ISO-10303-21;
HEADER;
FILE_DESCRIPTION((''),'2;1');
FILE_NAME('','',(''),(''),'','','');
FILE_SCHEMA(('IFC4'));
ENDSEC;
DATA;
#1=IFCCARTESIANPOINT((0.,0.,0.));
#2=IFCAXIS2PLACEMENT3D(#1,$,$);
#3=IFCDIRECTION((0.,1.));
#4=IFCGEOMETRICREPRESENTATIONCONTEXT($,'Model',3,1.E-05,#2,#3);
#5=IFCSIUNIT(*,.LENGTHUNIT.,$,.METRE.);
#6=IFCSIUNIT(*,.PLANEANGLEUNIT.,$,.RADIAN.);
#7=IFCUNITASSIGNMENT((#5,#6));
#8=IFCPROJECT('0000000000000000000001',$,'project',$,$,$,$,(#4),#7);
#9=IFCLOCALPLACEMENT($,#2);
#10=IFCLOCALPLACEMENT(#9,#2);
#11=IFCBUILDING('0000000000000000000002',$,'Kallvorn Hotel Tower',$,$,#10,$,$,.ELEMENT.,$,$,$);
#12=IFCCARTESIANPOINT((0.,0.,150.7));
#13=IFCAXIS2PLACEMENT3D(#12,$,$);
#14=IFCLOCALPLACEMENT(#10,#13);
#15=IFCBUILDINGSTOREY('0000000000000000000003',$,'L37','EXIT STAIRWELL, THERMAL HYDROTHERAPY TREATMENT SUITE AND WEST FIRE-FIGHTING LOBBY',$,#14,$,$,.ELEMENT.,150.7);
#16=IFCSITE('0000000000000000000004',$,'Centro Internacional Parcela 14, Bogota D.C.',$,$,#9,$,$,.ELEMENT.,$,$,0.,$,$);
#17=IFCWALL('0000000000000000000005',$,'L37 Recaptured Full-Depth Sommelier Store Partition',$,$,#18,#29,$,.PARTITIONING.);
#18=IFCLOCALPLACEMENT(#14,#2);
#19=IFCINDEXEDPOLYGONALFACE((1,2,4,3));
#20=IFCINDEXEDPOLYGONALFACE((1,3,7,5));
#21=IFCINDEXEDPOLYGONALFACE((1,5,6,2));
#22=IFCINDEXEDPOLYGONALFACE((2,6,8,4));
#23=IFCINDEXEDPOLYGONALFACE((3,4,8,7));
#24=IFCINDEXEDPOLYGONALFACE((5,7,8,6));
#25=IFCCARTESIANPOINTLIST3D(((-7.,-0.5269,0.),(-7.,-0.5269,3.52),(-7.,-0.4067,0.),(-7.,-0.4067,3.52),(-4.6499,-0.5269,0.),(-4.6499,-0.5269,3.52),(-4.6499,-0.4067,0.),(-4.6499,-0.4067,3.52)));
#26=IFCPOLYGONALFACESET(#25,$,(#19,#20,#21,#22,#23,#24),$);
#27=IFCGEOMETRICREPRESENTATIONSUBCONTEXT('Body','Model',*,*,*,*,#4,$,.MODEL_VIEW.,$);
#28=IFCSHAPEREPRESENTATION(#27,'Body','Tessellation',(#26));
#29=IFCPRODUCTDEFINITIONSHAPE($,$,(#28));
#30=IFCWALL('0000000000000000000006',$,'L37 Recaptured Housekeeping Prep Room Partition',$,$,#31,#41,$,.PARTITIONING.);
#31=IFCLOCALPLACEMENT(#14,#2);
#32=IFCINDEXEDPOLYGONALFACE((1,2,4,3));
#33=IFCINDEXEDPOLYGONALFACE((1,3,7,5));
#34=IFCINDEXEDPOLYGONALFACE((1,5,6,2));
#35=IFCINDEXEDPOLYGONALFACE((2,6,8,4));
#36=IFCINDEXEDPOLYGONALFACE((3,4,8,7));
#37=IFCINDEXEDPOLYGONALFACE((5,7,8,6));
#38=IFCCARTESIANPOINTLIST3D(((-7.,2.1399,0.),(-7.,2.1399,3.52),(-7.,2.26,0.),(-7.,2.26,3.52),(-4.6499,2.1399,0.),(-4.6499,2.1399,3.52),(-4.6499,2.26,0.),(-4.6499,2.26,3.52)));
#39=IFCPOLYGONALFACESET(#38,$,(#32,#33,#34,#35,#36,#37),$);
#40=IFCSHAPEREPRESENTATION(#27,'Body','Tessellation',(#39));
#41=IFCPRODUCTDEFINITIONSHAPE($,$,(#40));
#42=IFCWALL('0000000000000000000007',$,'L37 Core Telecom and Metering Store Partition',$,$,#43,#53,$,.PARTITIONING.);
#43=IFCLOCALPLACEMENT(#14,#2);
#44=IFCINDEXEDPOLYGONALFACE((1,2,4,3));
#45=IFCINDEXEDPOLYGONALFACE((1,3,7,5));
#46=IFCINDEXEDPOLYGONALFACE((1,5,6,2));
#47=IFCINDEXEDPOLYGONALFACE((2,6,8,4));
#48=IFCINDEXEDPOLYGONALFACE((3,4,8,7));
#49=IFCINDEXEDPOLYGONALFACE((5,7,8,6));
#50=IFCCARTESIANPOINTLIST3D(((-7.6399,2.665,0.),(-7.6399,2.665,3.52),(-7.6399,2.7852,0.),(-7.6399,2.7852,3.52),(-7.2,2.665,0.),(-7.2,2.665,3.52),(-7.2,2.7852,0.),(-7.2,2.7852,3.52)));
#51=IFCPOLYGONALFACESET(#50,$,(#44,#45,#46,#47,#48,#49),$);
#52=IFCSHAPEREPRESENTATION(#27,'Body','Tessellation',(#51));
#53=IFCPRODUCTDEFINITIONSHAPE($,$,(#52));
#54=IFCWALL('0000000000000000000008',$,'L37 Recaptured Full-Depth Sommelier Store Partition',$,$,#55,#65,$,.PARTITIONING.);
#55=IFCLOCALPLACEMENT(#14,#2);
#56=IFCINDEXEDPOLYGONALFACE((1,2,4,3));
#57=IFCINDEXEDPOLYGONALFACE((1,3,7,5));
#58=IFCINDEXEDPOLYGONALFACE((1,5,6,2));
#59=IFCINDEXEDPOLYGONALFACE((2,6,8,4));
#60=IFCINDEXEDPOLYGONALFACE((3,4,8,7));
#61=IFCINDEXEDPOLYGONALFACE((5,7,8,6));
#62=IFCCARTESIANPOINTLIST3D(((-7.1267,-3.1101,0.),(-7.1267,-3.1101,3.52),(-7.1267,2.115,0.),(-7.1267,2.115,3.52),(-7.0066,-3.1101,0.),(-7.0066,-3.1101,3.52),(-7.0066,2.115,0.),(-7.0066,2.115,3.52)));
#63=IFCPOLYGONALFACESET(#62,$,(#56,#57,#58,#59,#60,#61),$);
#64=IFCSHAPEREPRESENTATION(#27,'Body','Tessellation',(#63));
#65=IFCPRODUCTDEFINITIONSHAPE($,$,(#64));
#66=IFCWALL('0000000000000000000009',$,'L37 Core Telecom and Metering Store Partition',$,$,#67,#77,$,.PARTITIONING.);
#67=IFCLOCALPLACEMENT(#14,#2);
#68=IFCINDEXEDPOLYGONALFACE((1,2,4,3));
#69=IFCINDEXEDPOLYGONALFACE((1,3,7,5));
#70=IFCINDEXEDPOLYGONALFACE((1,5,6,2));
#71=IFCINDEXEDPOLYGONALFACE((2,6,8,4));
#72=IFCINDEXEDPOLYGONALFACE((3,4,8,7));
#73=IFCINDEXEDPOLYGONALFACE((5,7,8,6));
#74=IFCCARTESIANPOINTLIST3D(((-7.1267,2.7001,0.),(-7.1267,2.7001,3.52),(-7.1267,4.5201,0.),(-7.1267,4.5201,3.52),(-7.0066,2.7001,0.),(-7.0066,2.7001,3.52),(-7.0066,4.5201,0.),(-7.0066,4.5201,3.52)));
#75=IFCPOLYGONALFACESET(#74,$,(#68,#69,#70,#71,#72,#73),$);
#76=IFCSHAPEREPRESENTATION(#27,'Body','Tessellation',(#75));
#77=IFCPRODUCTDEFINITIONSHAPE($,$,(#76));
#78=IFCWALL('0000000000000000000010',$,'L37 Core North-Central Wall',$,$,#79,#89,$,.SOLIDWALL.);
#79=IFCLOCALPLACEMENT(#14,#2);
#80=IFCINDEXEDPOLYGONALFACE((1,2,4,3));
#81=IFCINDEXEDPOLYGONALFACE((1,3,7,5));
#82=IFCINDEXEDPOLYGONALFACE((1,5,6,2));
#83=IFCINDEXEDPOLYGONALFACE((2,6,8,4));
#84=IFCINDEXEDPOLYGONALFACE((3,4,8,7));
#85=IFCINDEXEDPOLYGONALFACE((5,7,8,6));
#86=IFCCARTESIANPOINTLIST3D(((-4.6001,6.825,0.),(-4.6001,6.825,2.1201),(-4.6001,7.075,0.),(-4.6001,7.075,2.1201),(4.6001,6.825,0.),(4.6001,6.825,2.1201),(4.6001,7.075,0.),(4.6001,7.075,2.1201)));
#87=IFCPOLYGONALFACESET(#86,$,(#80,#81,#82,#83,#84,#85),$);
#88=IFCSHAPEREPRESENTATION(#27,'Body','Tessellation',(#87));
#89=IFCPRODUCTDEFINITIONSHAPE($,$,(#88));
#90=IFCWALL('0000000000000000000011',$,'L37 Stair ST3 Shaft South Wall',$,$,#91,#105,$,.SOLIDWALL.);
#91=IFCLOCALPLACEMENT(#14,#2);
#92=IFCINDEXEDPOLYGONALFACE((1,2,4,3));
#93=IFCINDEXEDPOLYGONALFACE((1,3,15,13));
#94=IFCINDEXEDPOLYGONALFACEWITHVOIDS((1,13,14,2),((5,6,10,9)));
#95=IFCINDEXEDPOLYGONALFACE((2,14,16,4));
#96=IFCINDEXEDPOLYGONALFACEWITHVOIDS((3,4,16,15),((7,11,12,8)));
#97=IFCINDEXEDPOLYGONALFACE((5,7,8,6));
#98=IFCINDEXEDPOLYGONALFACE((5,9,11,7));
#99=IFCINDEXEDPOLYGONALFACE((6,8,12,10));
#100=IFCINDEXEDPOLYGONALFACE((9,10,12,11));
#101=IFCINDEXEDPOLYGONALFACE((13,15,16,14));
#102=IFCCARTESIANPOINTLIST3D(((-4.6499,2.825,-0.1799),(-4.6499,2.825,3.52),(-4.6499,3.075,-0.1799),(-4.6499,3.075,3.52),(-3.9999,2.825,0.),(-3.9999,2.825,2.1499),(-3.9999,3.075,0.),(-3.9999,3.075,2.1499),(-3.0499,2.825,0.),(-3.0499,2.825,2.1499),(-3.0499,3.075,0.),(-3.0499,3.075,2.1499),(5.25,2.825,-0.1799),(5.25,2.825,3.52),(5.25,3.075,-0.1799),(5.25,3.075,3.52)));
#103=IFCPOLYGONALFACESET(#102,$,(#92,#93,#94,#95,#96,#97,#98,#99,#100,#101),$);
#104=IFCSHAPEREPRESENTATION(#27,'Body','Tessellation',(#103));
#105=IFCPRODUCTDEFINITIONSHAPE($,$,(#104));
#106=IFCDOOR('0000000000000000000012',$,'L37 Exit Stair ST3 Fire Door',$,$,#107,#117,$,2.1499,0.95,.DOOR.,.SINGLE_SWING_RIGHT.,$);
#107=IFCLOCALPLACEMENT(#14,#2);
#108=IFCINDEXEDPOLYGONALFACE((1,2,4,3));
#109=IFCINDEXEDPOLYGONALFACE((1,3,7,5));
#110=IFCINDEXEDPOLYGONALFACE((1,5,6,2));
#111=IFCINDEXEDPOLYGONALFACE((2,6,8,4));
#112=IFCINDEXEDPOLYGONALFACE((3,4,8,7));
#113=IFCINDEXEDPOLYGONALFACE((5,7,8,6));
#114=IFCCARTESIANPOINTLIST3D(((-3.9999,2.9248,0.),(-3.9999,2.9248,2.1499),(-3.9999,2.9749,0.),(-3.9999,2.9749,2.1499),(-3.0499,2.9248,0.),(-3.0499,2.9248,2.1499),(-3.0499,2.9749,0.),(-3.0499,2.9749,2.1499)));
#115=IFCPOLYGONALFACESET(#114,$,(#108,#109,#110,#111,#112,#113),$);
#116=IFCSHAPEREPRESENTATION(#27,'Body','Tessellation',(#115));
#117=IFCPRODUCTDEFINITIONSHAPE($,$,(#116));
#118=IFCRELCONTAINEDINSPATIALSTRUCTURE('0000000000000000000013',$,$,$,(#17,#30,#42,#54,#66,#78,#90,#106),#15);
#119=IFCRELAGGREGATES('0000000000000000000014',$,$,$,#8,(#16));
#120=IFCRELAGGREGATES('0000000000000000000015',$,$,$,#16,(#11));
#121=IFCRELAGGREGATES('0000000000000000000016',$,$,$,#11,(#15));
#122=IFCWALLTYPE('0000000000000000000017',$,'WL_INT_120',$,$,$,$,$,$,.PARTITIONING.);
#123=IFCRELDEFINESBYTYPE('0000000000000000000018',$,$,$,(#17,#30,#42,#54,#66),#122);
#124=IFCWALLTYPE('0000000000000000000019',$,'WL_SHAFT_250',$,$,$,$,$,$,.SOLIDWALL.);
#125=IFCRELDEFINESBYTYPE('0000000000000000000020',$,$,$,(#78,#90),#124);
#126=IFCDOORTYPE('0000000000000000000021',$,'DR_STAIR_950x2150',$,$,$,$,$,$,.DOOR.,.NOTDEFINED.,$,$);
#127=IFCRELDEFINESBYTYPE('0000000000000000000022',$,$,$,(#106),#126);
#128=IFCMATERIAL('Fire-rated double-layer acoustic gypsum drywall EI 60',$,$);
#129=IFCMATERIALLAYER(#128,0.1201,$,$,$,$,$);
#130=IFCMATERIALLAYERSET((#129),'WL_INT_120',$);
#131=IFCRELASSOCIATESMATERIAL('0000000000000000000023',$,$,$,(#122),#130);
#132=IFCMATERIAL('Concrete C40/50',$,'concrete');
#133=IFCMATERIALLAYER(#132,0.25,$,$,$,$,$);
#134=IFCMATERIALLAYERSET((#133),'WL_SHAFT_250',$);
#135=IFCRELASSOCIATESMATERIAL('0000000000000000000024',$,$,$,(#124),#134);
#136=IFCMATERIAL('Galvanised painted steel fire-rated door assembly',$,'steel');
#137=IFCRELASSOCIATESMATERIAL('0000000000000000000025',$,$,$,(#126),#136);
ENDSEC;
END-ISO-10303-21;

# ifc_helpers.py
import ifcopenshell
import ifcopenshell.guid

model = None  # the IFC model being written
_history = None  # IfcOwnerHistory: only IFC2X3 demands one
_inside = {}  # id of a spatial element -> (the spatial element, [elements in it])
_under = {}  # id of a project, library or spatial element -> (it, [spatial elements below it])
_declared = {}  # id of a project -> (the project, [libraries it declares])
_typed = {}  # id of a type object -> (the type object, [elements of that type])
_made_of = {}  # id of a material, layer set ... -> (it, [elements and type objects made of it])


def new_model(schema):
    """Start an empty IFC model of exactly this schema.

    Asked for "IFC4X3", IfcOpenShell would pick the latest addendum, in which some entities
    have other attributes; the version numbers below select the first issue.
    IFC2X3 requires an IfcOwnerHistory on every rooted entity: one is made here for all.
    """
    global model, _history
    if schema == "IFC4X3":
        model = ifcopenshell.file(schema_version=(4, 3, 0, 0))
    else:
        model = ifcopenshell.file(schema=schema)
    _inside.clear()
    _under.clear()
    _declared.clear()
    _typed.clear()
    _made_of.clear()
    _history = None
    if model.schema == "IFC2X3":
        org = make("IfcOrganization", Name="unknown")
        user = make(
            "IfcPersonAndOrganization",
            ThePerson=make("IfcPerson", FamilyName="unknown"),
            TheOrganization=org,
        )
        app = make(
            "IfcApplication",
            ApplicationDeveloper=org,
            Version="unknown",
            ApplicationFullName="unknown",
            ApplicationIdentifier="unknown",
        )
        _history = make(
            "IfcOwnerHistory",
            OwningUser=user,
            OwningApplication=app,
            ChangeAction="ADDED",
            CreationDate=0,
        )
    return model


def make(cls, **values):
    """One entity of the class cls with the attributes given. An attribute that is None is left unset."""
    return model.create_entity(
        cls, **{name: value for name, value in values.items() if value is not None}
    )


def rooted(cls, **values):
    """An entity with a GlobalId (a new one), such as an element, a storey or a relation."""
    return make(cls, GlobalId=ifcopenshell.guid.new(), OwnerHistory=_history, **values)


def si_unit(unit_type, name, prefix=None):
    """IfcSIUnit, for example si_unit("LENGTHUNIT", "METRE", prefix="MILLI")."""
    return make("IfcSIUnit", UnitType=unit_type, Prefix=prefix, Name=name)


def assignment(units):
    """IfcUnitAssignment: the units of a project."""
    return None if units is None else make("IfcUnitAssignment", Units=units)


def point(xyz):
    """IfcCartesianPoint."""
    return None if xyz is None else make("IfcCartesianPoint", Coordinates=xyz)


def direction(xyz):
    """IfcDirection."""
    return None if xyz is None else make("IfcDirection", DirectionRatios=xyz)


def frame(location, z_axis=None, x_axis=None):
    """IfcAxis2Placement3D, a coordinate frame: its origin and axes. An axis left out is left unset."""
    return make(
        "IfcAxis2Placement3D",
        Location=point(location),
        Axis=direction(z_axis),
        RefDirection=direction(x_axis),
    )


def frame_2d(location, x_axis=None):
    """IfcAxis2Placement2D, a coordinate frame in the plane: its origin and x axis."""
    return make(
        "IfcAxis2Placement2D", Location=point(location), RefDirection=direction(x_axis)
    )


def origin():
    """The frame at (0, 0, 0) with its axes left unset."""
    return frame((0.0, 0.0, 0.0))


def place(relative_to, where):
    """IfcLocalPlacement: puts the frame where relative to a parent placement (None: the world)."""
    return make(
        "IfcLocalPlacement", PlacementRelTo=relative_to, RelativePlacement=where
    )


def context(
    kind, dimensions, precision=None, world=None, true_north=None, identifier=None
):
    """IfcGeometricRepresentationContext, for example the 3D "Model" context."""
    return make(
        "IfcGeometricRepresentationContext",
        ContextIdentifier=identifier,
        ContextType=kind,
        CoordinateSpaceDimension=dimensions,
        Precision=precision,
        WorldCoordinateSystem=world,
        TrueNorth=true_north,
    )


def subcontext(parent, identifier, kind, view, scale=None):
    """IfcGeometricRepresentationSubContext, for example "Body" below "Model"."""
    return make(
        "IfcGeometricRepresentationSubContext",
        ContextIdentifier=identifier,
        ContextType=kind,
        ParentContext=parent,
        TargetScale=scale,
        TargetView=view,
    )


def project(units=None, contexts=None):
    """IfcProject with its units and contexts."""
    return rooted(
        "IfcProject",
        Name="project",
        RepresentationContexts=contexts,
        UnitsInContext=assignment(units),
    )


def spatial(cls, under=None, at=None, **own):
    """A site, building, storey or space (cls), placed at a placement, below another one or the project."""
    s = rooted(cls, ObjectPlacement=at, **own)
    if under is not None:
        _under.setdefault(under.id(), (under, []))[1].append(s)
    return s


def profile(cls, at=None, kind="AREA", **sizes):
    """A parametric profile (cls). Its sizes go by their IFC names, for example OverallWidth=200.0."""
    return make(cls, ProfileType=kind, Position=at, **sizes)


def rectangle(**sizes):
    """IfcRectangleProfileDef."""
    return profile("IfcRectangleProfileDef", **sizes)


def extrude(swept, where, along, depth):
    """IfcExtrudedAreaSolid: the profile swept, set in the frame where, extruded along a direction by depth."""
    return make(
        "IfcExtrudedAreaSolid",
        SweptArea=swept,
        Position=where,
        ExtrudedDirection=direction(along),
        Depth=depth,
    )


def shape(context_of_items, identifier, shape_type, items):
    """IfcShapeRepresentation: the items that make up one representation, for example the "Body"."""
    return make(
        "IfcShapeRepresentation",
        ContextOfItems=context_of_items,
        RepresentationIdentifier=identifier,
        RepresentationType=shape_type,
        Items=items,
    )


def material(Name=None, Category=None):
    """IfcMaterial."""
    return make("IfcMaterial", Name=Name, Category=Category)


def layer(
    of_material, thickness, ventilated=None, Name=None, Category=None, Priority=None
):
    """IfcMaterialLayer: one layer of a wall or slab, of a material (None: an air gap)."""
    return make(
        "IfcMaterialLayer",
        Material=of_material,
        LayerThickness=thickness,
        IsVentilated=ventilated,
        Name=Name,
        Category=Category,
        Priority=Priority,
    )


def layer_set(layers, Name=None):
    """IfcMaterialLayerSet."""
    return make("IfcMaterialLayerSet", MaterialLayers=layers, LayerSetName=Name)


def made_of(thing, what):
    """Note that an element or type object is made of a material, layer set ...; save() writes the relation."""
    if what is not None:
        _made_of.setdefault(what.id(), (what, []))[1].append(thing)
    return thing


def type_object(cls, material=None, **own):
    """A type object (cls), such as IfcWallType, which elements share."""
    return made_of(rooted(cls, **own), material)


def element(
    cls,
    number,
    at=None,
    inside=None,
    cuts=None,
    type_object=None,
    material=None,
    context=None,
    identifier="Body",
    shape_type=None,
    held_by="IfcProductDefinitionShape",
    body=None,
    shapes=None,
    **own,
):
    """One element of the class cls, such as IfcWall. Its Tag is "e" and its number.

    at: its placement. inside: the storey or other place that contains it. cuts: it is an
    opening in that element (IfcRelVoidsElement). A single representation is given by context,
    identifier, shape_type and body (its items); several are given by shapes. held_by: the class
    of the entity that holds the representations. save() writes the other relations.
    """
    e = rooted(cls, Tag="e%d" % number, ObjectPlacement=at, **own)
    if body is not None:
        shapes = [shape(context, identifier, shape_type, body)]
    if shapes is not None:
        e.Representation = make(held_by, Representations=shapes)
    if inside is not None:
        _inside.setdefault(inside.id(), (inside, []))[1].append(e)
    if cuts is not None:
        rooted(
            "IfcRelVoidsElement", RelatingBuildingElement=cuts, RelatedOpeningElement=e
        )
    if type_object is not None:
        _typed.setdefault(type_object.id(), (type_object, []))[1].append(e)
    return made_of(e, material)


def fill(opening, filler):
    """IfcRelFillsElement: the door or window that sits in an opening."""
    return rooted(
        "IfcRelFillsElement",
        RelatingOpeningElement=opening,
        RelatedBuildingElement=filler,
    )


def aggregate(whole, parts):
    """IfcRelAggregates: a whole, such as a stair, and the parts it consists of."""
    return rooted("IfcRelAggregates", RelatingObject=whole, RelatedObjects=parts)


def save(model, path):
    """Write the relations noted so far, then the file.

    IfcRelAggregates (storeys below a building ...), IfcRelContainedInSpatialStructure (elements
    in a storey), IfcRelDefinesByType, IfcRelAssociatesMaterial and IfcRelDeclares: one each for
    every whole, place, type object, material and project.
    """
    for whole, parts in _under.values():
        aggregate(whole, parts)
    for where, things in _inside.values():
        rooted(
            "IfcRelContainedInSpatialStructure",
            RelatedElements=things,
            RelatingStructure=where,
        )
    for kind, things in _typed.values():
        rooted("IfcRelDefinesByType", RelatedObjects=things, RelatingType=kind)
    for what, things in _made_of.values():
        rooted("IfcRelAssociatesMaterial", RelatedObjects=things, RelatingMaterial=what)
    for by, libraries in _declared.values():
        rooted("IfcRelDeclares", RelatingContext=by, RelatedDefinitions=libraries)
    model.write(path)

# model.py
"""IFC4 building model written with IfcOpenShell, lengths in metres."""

from ifc_helpers import new_model, si_unit, direction, frame, frame_2d, origin, place, context, subcontext, project, spatial, rectangle, extrude, material, layer, layer_set, type_object, element, fill, save


model = new_model("IFC4")

# Units and contexts
model_context = context("Model", 3, precision=1e-05, world=origin(), true_north=direction((0.0, 1.0)))
body_context = subcontext(model_context, "Body", "Model", "MODEL_VIEW")
ifc_project = project(units=[si_unit("LENGTHUNIT", "METRE"), si_unit("PLANEANGLEUNIT", "RADIAN")], contexts=[model_context])

# Site, building, storey
site_placement = place(None, origin())
site = spatial("IfcSite", under=ifc_project, at=site_placement, Name="Centro Internacional Parcela 14, Bogota D.C.", CompositionType="ELEMENT", RefElevation=0.0)
building_placement = place(site_placement, origin())
building = spatial("IfcBuilding", under=site, at=building_placement, Name="Kallvorn Hotel Tower", CompositionType="ELEMENT")
storey_placement = place(building_placement, frame((0.0, 0.0, 150.7)))
storey = spatial("IfcBuildingStorey", under=building, at=storey_placement, Name="L37", Description="EXIT STAIRWELL, THERMAL HYDROTHERAPY TREATMENT SUITE AND WEST FIRE-FIGHTING LOBBY", CompositionType="ELEMENT", Elevation=150.7)

# Walls
ifc_material_1 = material(Name="Fire-rated double-layer acoustic gypsum drywall EI 60")
ifc_layer_1 = layer(ifc_material_1, 0.1201)
ifc_layer_set_1 = layer_set([ifc_layer_1], Name="WL_INT_120")
wall_type_1 = type_object("IfcWallType", Name="WL_INT_120", PredefinedType="PARTITIONING", material=ifc_layer_set_1)
for number, where, z_axis, x_axis, name in (
    (1, (-7.0, -0.4668, 0.0), (0.0, 0.0, 1.0), (1.0, 0.0, 0.0), "L37 Recaptured Full-Depth Sommelier Store Partition"),
    (2, (-7.0, 2.2, 0.0), (0.0, 0.0, 1.0), (1.0, 0.0, 0.0), "L37 Recaptured Housekeeping Prep Room Partition"),
):
    element("IfcWall", number, at=place(storey_placement, frame(where, z_axis=z_axis, x_axis=x_axis)), inside=storey, type_object=wall_type_1, Name=name, PredefinedType="PARTITIONING", context=body_context, shape_type="SweptSolid", body=[
        extrude(rectangle(XDim=2.3501, YDim=0.1201, at=frame_2d((1.175, 0.0))), origin(), (0.0, 0.0, 1.0), 3.52),
    ])
wall_1_placement = place(storey_placement, frame((-7.6399, 2.7251, 0.0), z_axis=(0.0, 0.0, 1.0), x_axis=(1.0, 0.0, 0.0)))
element("IfcWall", 3, at=wall_1_placement, inside=storey, type_object=wall_type_1, Name="L37 Core Telecom and Metering Store Partition", PredefinedType="PARTITIONING", context=body_context, shape_type="SweptSolid", body=[
    extrude(rectangle(XDim=0.4399, YDim=0.1201, at=frame_2d((0.22, 0.0))), origin(), (0.0, 0.0, 1.0), 3.52),
])
wall_2_placement = place(storey_placement, frame((-7.0667, -3.1101, 0.0), z_axis=(0.0, 0.0, 1.0), x_axis=(0.0, 1.0, 0.0)))
element("IfcWall", 4, at=wall_2_placement, inside=storey, type_object=wall_type_1, Name="L37 Recaptured Full-Depth Sommelier Store Partition", PredefinedType="PARTITIONING", context=body_context, shape_type="SweptSolid", body=[
    extrude(rectangle(XDim=5.2251, YDim=0.1201, at=frame_2d((2.6125, 0.0))), origin(), (0.0, 0.0, 1.0), 3.52),
])
wall_3_placement = place(storey_placement, frame((-7.0667, 2.7, 0.0), z_axis=(0.0, 0.0, 1.0), x_axis=(0.0, 1.0, 0.0)))
element("IfcWall", 5, at=wall_3_placement, inside=storey, type_object=wall_type_1, Name="L37 Core Telecom and Metering Store Partition", PredefinedType="PARTITIONING", context=body_context, shape_type="SweptSolid", body=[
    extrude(rectangle(XDim=1.8201, YDim=0.1201, at=frame_2d((0.9102, 0.0))), origin(), (0.0, 0.0, 1.0), 3.52),
])
ifc_material_2 = material(Name="Concrete C40/50", Category="concrete")
ifc_layer_2 = layer(ifc_material_2, 0.25)
ifc_layer_set_2 = layer_set([ifc_layer_2], Name="WL_SHAFT_250")
wall_type_2 = type_object("IfcWallType", Name="WL_SHAFT_250", PredefinedType="SOLIDWALL", material=ifc_layer_set_2)
wall_4_placement = place(storey_placement, frame((-4.6001, 6.95, 0.0), z_axis=(0.0, 0.0, 1.0), x_axis=(1.0, 0.0, 0.0)))
element("IfcWall", 6, at=wall_4_placement, inside=storey, type_object=wall_type_2, Name="L37 Core North-Central Wall", PredefinedType="SOLIDWALL", context=body_context, shape_type="SweptSolid", body=[
    extrude(rectangle(XDim=9.2002, YDim=0.25, at=frame_2d((4.6001, 0.0))), origin(), (0.0, 0.0, 1.0), 2.1201),
])

# Wall, opening, door
wall_5_placement = place(storey_placement, frame((-4.6499, 2.95, -0.1799), z_axis=(0.0, 0.0, 1.0), x_axis=(1.0, 0.0, 0.0)))
wall_5 = element("IfcWall", 7, at=wall_5_placement, inside=storey, type_object=wall_type_2, Name="L37 Stair ST3 Shaft South Wall", PredefinedType="SOLIDWALL", context=body_context, shape_type="SweptSolid", body=[
    extrude(rectangle(XDim=9.8999, YDim=0.25, at=frame_2d((4.95, 0.0))), origin(), (0.0, 0.0, 1.0), 3.7),
])
opening_1_placement = place(wall_5_placement, frame((0.6499, 0.0, 0.1799)))
opening_1 = element("IfcOpeningElement", 8, at=opening_1_placement, cuts=wall_5, PredefinedType="OPENING", context=body_context, shape_type="SweptSolid", body=[
    extrude(rectangle(XDim=0.95, YDim=2.1499, at=frame_2d((0.4751, 1.075))), frame((0.0, 0.1399, 0.0), z_axis=(0.0, -1.0, 0.0), x_axis=(1.0, 0.0, 0.0)), (0.0, 0.0, 1.0), 0.28),
])
ifc_material_3 = material(Name="Galvanised painted steel fire-rated door assembly", Category="steel")
door_type_1 = type_object("IfcDoorType", Name="DR_STAIR_950x2150", OperationType="NOTDEFINED", PredefinedType="DOOR", material=ifc_material_3)
door_1_placement = place(opening_1_placement, origin())
door_1 = element("IfcDoor", 9, at=door_1_placement, inside=storey, type_object=door_type_1, Name="L37 Exit Stair ST3 Fire Door", OperationType="SINGLE_SWING_RIGHT", OverallHeight=2.1499, OverallWidth=0.95, PredefinedType="DOOR", context=body_context, shape_type="SweptSolid", body=[
    extrude(rectangle(XDim=0.95, YDim=2.1499, at=frame_2d((0.4751, 1.075))), frame((0.0, 0.0249, 0.0), z_axis=(0.0, -1.0, 0.0), x_axis=(1.0, 0.0, 0.0)), (0.0, 0.0, 1.0), 0.05),
])
fill(opening_1, door_1)

save(model, "model.ifc")
